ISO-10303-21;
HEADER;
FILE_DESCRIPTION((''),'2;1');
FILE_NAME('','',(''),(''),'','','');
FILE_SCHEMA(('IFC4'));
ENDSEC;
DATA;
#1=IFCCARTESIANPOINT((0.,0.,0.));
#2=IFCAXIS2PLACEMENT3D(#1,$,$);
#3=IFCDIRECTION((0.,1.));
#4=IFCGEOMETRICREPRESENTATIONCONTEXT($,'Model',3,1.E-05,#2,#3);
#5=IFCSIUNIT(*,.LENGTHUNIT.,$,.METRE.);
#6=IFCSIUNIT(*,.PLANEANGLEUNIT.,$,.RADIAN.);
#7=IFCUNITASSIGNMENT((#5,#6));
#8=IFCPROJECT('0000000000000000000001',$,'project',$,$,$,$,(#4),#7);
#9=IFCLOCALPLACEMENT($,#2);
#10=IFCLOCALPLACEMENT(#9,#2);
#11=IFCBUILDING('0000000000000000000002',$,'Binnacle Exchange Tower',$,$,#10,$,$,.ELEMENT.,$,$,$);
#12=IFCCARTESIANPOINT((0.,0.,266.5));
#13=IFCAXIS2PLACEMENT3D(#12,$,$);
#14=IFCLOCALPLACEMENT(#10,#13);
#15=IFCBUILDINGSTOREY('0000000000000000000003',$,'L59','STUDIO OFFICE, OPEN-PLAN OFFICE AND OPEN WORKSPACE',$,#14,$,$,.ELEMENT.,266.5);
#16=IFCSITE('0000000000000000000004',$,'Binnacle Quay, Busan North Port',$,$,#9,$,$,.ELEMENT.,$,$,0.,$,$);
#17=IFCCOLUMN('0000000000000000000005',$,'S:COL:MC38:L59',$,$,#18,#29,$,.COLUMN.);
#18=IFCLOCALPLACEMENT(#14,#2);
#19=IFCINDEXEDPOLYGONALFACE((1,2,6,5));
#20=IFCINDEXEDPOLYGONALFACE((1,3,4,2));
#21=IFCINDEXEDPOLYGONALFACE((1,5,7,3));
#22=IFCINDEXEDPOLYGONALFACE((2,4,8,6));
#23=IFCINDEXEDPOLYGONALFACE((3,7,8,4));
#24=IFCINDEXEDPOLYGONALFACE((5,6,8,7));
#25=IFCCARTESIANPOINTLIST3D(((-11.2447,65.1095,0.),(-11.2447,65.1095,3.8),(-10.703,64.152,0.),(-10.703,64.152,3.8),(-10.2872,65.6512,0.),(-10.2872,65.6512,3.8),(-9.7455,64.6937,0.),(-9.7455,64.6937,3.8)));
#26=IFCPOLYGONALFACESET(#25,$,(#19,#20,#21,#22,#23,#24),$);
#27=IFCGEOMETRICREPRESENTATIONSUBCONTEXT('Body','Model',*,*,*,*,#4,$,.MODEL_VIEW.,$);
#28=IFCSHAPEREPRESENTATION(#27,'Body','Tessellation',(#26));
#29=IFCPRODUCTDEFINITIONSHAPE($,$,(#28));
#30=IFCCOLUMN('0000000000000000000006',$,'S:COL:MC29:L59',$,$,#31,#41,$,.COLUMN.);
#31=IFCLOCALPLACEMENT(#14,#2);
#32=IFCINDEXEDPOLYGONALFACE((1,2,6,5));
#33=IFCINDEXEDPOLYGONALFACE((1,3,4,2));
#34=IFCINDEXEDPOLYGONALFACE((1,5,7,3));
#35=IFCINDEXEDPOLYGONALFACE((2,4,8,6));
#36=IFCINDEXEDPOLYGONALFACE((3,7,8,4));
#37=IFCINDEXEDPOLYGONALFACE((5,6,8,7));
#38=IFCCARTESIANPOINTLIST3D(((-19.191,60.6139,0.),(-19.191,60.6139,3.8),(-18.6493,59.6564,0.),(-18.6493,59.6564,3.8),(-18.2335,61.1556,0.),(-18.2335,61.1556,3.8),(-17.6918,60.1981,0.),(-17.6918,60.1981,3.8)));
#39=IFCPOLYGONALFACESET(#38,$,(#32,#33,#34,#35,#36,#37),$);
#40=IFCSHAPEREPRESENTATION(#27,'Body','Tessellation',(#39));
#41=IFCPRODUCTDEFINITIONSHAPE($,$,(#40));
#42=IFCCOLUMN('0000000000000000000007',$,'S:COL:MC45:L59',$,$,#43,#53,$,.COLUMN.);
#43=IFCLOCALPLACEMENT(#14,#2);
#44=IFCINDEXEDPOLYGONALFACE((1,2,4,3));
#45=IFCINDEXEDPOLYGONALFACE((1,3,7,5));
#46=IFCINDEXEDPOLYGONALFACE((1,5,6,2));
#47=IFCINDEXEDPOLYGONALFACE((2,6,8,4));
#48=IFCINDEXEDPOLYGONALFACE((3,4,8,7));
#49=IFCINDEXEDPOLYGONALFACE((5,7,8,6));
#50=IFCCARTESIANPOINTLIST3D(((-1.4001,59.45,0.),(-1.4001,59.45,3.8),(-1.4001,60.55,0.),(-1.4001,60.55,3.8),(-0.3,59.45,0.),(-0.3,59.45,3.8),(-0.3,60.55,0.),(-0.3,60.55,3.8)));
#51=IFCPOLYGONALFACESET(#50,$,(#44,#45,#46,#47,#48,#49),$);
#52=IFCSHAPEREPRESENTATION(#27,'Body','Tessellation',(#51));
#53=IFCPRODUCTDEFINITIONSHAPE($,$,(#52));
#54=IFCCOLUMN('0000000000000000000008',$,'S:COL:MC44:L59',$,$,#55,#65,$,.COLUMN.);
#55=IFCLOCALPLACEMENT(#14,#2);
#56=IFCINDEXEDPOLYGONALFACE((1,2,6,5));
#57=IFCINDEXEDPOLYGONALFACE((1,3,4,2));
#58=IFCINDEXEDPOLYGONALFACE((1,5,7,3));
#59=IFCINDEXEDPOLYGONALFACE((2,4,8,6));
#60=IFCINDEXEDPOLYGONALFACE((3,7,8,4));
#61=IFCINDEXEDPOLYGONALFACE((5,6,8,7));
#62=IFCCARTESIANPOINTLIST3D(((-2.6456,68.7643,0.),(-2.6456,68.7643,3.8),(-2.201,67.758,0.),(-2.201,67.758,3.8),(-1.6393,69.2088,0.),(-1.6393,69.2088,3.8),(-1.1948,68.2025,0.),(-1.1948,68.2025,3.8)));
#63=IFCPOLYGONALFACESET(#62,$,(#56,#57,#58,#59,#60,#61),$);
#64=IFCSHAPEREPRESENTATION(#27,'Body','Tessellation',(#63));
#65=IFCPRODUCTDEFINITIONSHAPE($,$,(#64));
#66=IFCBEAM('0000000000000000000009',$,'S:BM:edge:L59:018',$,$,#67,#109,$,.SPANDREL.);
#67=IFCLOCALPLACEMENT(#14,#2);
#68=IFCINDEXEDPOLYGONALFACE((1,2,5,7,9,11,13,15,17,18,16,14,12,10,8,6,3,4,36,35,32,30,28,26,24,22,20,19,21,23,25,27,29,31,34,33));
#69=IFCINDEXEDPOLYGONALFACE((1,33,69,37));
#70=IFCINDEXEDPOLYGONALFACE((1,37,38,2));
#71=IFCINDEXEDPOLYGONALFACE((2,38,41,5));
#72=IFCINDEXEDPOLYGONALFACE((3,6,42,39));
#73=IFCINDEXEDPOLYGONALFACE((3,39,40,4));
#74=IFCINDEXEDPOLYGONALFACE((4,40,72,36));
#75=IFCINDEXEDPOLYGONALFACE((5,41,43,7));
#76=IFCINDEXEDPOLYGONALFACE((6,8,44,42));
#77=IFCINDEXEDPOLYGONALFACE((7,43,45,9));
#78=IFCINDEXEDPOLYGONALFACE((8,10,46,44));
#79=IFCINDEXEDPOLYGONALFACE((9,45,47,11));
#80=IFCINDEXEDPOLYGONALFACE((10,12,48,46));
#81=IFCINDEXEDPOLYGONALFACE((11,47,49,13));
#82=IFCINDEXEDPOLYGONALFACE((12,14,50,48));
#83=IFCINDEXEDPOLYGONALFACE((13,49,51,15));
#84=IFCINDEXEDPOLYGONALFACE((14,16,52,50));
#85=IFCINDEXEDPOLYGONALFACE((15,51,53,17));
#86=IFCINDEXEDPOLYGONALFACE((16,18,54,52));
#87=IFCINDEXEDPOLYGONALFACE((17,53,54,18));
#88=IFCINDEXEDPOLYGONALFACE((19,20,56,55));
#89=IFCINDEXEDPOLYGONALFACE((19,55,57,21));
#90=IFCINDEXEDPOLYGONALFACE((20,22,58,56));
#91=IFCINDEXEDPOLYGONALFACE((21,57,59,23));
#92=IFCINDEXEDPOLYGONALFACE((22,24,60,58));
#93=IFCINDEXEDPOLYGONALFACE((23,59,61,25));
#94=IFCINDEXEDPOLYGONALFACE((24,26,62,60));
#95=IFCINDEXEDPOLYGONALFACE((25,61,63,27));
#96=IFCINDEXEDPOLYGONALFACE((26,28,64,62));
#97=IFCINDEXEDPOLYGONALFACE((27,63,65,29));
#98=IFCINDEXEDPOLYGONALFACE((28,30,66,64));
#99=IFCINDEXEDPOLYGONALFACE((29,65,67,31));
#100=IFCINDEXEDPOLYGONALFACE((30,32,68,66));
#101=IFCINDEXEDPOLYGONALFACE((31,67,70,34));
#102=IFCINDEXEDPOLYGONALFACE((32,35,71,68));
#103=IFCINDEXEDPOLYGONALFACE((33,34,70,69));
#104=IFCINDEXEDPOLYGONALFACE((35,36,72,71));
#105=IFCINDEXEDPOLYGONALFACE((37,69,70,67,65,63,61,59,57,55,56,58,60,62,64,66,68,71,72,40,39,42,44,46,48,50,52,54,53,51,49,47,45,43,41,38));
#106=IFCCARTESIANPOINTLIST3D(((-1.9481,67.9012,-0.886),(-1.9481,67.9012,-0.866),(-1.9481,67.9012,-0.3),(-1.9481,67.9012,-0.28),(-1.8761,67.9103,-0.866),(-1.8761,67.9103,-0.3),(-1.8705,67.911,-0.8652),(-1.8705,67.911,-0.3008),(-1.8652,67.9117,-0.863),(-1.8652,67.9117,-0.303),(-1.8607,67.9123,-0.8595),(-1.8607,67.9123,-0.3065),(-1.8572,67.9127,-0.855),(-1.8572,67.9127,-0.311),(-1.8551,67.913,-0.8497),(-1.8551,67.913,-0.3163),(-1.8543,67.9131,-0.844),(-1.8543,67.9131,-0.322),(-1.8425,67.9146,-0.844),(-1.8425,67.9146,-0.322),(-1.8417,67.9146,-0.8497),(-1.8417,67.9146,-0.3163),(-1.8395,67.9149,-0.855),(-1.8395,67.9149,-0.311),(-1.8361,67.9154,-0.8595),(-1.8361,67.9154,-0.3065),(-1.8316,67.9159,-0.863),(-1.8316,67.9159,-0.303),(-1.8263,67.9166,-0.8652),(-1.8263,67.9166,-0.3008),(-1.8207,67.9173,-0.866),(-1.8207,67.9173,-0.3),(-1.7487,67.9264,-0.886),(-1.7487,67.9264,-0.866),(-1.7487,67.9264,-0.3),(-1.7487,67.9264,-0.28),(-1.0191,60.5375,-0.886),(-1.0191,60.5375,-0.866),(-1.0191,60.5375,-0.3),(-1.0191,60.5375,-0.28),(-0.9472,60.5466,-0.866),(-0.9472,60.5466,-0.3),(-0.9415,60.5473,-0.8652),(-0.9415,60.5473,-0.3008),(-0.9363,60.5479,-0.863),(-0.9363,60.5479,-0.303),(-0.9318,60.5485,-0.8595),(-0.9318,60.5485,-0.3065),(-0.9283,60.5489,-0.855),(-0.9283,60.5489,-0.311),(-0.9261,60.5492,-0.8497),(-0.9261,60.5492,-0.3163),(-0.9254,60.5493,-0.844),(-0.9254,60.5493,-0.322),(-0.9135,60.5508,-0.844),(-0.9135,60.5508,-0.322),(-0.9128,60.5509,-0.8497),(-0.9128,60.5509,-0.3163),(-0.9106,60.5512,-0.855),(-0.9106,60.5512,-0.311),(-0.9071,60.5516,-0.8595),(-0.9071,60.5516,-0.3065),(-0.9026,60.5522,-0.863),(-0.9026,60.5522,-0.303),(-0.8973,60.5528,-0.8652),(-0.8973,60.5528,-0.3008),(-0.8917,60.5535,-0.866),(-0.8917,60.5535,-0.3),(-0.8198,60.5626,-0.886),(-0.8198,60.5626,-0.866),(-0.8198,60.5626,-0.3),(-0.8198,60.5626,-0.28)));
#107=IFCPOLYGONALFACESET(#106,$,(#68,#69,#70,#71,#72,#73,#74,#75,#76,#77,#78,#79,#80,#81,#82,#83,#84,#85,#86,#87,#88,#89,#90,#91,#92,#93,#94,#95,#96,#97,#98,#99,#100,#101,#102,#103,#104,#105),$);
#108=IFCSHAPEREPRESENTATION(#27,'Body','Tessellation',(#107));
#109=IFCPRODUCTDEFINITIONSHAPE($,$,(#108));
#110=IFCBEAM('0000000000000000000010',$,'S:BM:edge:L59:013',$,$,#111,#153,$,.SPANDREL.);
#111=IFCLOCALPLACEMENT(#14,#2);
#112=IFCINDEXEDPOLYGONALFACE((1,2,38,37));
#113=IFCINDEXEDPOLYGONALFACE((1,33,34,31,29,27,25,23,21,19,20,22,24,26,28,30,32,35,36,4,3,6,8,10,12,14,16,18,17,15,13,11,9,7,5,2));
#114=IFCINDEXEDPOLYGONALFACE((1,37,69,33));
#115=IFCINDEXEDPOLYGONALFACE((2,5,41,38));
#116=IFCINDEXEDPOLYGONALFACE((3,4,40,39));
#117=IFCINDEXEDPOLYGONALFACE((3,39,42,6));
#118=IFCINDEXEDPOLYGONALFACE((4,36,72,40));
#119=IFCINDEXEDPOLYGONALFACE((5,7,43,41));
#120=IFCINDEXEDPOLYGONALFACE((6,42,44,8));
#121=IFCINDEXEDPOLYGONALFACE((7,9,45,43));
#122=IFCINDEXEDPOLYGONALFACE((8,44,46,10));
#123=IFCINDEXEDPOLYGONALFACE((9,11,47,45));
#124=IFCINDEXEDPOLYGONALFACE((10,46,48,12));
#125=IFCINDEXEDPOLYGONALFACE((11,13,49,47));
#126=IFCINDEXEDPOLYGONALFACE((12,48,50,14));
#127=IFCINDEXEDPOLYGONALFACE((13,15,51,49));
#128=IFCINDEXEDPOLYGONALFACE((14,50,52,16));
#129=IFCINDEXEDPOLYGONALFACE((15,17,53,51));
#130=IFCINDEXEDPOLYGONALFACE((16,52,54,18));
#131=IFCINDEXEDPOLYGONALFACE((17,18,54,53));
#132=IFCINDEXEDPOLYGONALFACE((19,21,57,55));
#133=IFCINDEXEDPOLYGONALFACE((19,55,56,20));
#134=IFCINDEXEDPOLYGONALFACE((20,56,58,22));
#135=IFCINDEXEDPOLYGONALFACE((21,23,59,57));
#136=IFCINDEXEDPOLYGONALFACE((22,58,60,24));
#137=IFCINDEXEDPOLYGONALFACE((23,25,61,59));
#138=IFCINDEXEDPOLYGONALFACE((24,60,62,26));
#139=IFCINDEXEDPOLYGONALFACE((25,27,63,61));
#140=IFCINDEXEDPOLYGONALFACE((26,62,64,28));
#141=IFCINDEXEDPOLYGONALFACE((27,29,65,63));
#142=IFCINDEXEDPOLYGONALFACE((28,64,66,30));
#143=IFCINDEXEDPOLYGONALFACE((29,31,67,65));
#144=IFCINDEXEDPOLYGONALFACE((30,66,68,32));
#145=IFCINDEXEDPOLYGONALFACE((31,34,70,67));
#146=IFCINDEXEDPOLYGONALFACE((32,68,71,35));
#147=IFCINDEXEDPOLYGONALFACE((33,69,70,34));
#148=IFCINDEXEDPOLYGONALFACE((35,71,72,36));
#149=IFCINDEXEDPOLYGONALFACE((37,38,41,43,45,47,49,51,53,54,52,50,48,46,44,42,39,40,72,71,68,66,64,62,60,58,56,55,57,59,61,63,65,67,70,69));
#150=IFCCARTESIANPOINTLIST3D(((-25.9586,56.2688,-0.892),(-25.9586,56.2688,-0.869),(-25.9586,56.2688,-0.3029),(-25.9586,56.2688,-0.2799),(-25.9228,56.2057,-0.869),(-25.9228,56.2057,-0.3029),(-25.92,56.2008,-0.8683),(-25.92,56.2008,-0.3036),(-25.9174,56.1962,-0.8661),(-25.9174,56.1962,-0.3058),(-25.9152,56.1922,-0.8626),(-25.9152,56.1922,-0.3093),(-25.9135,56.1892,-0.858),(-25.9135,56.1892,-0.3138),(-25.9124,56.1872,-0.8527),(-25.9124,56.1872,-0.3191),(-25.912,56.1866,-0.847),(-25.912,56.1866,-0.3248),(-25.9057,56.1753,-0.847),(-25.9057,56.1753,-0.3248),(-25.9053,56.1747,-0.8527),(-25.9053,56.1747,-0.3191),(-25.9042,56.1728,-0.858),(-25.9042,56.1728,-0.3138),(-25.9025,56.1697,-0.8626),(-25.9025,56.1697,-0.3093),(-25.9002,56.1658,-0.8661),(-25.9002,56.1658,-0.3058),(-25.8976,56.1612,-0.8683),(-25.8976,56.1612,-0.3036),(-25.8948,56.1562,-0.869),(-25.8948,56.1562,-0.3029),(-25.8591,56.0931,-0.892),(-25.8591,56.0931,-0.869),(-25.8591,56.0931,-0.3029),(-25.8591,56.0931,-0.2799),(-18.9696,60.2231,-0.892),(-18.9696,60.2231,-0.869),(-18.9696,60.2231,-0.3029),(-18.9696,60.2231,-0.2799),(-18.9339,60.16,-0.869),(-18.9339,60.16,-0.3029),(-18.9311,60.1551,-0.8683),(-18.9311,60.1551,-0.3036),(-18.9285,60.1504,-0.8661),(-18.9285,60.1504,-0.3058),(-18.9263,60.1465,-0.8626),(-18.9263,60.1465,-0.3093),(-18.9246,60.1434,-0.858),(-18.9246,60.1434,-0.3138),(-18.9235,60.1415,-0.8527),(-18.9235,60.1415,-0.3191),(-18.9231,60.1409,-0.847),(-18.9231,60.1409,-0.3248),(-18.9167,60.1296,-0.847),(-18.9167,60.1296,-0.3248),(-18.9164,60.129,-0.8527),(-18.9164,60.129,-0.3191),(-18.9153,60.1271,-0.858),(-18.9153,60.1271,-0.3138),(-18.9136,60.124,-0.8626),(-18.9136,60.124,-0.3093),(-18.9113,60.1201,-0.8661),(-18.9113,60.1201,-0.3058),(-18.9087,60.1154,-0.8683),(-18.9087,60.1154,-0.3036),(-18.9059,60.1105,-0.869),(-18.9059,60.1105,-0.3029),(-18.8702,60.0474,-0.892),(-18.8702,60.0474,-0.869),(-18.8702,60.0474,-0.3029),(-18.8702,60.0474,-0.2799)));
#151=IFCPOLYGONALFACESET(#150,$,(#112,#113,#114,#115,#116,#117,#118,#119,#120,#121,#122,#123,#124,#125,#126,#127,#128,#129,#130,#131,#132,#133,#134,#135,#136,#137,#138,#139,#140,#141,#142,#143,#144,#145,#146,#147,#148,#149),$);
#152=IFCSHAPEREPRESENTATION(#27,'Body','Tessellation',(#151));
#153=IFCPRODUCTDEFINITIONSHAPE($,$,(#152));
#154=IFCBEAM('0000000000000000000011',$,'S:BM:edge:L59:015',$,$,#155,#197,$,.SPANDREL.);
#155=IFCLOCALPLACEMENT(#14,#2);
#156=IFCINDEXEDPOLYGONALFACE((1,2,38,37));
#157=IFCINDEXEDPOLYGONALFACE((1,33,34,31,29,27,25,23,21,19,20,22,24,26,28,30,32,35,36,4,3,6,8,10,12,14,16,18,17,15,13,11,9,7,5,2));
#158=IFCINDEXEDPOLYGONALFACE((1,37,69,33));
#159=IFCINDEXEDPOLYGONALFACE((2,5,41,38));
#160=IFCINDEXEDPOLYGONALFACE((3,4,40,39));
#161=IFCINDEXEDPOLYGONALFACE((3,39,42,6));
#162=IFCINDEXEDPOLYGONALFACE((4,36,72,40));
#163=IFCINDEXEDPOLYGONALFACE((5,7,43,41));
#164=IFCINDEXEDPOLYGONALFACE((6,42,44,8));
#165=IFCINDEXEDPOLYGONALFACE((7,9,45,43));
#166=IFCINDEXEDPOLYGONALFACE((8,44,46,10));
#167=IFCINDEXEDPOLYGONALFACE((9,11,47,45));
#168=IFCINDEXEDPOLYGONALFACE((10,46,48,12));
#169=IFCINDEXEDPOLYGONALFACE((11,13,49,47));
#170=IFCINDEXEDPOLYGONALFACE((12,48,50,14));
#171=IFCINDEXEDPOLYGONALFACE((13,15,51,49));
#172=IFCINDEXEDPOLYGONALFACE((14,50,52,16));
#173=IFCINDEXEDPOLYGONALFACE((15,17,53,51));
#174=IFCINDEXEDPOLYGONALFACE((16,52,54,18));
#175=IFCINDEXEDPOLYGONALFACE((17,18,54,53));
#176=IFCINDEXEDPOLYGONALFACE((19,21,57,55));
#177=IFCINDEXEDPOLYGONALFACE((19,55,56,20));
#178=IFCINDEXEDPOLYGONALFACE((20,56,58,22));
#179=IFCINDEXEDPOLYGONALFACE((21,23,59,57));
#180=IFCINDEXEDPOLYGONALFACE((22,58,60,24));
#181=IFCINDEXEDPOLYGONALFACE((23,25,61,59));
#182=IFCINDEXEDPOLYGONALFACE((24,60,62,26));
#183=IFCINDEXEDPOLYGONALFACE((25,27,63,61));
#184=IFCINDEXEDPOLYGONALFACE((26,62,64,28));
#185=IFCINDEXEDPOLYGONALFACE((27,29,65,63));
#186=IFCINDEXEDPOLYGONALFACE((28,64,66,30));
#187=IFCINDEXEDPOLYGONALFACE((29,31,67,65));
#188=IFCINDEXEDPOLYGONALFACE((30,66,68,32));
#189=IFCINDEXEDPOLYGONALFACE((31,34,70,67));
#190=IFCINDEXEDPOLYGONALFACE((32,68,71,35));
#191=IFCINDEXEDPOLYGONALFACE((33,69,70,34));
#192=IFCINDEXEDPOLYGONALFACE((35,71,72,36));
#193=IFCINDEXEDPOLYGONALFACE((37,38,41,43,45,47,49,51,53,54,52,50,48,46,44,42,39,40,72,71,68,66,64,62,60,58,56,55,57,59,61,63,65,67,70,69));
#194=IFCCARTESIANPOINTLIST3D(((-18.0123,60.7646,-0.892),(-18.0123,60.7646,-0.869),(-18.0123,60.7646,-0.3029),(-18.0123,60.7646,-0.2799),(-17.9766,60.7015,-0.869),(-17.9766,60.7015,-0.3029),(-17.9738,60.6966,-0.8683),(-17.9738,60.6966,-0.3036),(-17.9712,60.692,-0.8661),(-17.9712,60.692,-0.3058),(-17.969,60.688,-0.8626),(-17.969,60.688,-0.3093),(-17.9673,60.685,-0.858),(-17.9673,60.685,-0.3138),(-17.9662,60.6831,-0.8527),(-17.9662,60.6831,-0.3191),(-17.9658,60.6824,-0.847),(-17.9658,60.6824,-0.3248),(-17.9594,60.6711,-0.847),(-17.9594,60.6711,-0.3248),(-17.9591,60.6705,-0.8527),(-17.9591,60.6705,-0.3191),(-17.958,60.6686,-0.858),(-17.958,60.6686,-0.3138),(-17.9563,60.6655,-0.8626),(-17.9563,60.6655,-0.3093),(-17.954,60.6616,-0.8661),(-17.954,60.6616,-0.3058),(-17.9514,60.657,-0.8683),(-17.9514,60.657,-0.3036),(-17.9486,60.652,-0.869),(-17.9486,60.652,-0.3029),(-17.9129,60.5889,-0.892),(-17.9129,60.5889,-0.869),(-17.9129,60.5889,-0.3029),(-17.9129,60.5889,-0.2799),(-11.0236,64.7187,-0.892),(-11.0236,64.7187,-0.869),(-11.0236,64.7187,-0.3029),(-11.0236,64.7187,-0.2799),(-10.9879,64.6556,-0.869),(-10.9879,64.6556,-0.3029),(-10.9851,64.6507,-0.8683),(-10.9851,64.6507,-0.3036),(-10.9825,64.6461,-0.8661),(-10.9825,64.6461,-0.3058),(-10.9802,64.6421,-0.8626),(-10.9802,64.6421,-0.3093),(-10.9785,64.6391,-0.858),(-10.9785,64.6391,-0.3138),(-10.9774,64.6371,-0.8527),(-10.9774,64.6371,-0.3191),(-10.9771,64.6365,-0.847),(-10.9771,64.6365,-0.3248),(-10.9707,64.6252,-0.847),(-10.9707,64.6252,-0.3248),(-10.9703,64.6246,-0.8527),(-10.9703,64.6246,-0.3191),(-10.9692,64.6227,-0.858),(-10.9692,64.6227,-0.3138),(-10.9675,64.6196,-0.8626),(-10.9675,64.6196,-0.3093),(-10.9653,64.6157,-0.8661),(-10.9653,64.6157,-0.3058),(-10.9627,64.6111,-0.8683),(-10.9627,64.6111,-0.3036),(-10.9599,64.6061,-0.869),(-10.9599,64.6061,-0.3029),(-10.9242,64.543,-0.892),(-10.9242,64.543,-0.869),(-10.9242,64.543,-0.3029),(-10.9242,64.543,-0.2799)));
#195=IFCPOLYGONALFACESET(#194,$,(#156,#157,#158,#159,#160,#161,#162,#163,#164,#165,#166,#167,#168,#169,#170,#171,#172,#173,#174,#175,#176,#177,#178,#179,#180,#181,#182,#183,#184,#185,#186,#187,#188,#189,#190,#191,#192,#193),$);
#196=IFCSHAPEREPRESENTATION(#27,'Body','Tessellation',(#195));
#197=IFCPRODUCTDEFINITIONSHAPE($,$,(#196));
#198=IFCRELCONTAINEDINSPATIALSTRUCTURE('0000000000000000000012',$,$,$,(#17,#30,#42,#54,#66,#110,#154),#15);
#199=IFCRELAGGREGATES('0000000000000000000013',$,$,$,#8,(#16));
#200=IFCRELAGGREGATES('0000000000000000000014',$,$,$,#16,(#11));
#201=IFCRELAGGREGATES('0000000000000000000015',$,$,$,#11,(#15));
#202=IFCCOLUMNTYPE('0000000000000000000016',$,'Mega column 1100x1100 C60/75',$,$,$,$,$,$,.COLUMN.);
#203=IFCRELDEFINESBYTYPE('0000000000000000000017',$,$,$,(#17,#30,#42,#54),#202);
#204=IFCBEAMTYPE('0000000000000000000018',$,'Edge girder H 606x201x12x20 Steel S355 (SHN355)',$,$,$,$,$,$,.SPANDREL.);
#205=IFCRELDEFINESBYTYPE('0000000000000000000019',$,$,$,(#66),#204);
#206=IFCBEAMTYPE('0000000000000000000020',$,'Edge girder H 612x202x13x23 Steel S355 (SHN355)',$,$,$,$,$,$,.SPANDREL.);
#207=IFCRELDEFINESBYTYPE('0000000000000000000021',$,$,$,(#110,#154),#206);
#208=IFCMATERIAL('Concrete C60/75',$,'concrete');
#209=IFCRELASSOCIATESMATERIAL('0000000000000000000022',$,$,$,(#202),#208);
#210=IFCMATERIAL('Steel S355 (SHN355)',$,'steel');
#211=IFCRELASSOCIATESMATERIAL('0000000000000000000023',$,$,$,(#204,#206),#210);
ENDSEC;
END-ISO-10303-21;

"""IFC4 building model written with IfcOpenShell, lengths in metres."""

from ifc_helpers import new_model, si_unit, direction, frame, origin, origin_2d, place, context, subcontext, project, spatial, rectangle, i_section, extrude, material, material_profile, profile_set, type_object, element, save


model = new_model("IFC4")

# Units and contexts
model_context = context("Model", 3, precision=1e-05, world=origin(), true_north=direction((0.0, 1.0)))
body_context = subcontext(model_context, "Body", "Model", "MODEL_VIEW")
ifc_project = project(units=[si_unit("LENGTHUNIT", "METRE"), si_unit("PLANEANGLEUNIT", "RADIAN")], contexts=[model_context])

# Site, building, storey
site_placement = place(None, origin())
site = spatial("IfcSite", under=ifc_project, at=site_placement, Name="Binnacle Quay, Busan North Port", CompositionType="ELEMENT", RefElevation=0.0)
building_placement = place(site_placement, origin())
building = spatial("IfcBuilding", under=site, at=building_placement, Name="Binnacle Exchange Tower", CompositionType="ELEMENT")
storey_placement = place(building_placement, frame((0.0, 0.0, 266.5)))
storey = spatial("IfcBuildingStorey", under=building, at=storey_placement, Name="L59", Description="STUDIO OFFICE, OPEN-PLAN OFFICE AND OPEN WORKSPACE", CompositionType="ELEMENT", Elevation=266.5)

# Columns
ifc_material_1 = material(Name="Concrete C60/75", Category="concrete")
ifc_material_profile_1 = material_profile(ifc_material_1, rectangle(XDim=1.1001, YDim=1.1001, at=origin_2d()), Name="Mega column 1100x1100 C60/75")
ifc_profile_set_1 = profile_set([ifc_material_profile_1], Name="Concrete C60/75")
column_type = type_object("IfcColumnType", Name="Mega column 1100x1100 C60/75", PredefinedType="COLUMN", material=ifc_profile_set_1)
for number, where, z_axis, x_axis, name in (
    (1, (-10.4951, 64.9016, 0.0), (0.0, 0.0, 1.0), (-0.870356, -0.492424, 0.0), "S:COL:MC38:L59"),
    (2, (-18.4414, 60.406, 0.0), (0.0, 0.0, 1.0), (-0.870356, -0.492424, 0.0), "S:COL:MC29:L59"),
    (3, (-0.8501, 60.0, 0.0), (0.0, 0.0, 1.0), (0.0, 1.0, 0.0), "S:COL:MC45:L59"),
    (4, (-1.9202, 68.4834, 0.0), (0.0, 0.0, 1.0), (-0.914713, -0.404104, 0.0), "S:COL:MC44:L59"),
):
    element("IfcColumn", number, at=place(storey_placement, frame(where, z_axis=z_axis, x_axis=x_axis)), inside=storey, type_object=column_type, Name=name, PredefinedType="COLUMN", context=body_context, shape_type="SweptSolid", body=[
        extrude(rectangle(XDim=1.1001, YDim=1.1001, at=origin_2d()), origin(), (0.0, 0.0, 1.0), 3.8),
    ])

# Beams
ifc_material_2 = material(Name="Steel S355 (SHN355)", Category="steel")
ifc_material_profile_2 = material_profile(ifc_material_2, i_section(OverallWidth=0.2009, OverallDepth=0.606, WebThickness=0.012, FlangeThickness=0.02, FilletRadius=0.022, at=origin_2d()), Name="H 606x201x12x20")
ifc_profile_set_2 = profile_set([ifc_material_profile_2], Name="Steel S355 (SHN355)")
beam_type_1 = type_object("IfcBeamType", Name="Edge girder H 606x201x12x20 Steel S355 (SHN355)", PredefinedType="SPANDREL", material=ifc_profile_set_2)
beam_1_placement = place(storey_placement, frame((-0.9194, 60.55, -0.583), z_axis=(-0.12516, 0.992137, 0.0), x_axis=(-0.992137, -0.12516, 0.0)))
element("IfcBeam", 5, at=beam_1_placement, inside=storey, type_object=beam_type_1, Name="S:BM:edge:L59:018", PredefinedType="SPANDREL", context=body_context, shape_type="SweptSolid", body=[
    extrude(i_section(OverallWidth=0.2009, OverallDepth=0.606, WebThickness=0.012, FlangeThickness=0.02, FilletRadius=0.022, at=origin_2d()), origin(), (0.0, 0.0, 1.0), 7.4221),
])
ifc_material_profile_3 = material_profile(ifc_material_2, i_section(OverallWidth=0.2019, OverallDepth=0.6121, WebThickness=0.0129, FlangeThickness=0.0229, FilletRadius=0.022, at=origin_2d()), Name="H 612x202x13x23")
ifc_profile_set_3 = profile_set([ifc_material_profile_3], Name="Steel S355 (SHN355)")
beam_type_2 = type_object("IfcBeamType", Name="Edge girder H 612x202x13x23 Steel S355 (SHN355)", PredefinedType="SPANDREL", material=ifc_profile_set_3)
beam_2_placement = place(storey_placement, frame((-18.9199, 60.1353, -0.5859), z_axis=(-0.870348, -0.492438, 0.0), x_axis=(0.492438, -0.870348, 0.0)))
element("IfcBeam", 6, at=beam_2_placement, inside=storey, type_object=beam_type_2, Name="S:BM:edge:L59:013", PredefinedType="SPANDREL", context=body_context, shape_type="SweptSolid", body=[
    extrude(i_section(OverallWidth=0.2019, OverallDepth=0.6121, WebThickness=0.0129, FlangeThickness=0.0229, FilletRadius=0.022, at=origin_2d()), origin(), (0.0, 0.0, 1.0), 8.03),
])
beam_3_placement = place(storey_placement, frame((-10.9739, 64.6309, -0.5859), z_axis=(-0.870353, -0.492428, 0.0), x_axis=(0.492428, -0.870353, 0.0)))
element("IfcBeam", 7, at=beam_3_placement, inside=storey, type_object=beam_type_2, Name="S:BM:edge:L59:015", PredefinedType="SPANDREL", context=body_context, shape_type="SweptSolid", body=[
    extrude(i_section(OverallWidth=0.2019, OverallDepth=0.6121, WebThickness=0.0129, FlangeThickness=0.0229, FilletRadius=0.022, at=origin_2d()), origin(), (0.0, 0.0, 1.0), 8.0298),
])

save(model, "model.ifc")
